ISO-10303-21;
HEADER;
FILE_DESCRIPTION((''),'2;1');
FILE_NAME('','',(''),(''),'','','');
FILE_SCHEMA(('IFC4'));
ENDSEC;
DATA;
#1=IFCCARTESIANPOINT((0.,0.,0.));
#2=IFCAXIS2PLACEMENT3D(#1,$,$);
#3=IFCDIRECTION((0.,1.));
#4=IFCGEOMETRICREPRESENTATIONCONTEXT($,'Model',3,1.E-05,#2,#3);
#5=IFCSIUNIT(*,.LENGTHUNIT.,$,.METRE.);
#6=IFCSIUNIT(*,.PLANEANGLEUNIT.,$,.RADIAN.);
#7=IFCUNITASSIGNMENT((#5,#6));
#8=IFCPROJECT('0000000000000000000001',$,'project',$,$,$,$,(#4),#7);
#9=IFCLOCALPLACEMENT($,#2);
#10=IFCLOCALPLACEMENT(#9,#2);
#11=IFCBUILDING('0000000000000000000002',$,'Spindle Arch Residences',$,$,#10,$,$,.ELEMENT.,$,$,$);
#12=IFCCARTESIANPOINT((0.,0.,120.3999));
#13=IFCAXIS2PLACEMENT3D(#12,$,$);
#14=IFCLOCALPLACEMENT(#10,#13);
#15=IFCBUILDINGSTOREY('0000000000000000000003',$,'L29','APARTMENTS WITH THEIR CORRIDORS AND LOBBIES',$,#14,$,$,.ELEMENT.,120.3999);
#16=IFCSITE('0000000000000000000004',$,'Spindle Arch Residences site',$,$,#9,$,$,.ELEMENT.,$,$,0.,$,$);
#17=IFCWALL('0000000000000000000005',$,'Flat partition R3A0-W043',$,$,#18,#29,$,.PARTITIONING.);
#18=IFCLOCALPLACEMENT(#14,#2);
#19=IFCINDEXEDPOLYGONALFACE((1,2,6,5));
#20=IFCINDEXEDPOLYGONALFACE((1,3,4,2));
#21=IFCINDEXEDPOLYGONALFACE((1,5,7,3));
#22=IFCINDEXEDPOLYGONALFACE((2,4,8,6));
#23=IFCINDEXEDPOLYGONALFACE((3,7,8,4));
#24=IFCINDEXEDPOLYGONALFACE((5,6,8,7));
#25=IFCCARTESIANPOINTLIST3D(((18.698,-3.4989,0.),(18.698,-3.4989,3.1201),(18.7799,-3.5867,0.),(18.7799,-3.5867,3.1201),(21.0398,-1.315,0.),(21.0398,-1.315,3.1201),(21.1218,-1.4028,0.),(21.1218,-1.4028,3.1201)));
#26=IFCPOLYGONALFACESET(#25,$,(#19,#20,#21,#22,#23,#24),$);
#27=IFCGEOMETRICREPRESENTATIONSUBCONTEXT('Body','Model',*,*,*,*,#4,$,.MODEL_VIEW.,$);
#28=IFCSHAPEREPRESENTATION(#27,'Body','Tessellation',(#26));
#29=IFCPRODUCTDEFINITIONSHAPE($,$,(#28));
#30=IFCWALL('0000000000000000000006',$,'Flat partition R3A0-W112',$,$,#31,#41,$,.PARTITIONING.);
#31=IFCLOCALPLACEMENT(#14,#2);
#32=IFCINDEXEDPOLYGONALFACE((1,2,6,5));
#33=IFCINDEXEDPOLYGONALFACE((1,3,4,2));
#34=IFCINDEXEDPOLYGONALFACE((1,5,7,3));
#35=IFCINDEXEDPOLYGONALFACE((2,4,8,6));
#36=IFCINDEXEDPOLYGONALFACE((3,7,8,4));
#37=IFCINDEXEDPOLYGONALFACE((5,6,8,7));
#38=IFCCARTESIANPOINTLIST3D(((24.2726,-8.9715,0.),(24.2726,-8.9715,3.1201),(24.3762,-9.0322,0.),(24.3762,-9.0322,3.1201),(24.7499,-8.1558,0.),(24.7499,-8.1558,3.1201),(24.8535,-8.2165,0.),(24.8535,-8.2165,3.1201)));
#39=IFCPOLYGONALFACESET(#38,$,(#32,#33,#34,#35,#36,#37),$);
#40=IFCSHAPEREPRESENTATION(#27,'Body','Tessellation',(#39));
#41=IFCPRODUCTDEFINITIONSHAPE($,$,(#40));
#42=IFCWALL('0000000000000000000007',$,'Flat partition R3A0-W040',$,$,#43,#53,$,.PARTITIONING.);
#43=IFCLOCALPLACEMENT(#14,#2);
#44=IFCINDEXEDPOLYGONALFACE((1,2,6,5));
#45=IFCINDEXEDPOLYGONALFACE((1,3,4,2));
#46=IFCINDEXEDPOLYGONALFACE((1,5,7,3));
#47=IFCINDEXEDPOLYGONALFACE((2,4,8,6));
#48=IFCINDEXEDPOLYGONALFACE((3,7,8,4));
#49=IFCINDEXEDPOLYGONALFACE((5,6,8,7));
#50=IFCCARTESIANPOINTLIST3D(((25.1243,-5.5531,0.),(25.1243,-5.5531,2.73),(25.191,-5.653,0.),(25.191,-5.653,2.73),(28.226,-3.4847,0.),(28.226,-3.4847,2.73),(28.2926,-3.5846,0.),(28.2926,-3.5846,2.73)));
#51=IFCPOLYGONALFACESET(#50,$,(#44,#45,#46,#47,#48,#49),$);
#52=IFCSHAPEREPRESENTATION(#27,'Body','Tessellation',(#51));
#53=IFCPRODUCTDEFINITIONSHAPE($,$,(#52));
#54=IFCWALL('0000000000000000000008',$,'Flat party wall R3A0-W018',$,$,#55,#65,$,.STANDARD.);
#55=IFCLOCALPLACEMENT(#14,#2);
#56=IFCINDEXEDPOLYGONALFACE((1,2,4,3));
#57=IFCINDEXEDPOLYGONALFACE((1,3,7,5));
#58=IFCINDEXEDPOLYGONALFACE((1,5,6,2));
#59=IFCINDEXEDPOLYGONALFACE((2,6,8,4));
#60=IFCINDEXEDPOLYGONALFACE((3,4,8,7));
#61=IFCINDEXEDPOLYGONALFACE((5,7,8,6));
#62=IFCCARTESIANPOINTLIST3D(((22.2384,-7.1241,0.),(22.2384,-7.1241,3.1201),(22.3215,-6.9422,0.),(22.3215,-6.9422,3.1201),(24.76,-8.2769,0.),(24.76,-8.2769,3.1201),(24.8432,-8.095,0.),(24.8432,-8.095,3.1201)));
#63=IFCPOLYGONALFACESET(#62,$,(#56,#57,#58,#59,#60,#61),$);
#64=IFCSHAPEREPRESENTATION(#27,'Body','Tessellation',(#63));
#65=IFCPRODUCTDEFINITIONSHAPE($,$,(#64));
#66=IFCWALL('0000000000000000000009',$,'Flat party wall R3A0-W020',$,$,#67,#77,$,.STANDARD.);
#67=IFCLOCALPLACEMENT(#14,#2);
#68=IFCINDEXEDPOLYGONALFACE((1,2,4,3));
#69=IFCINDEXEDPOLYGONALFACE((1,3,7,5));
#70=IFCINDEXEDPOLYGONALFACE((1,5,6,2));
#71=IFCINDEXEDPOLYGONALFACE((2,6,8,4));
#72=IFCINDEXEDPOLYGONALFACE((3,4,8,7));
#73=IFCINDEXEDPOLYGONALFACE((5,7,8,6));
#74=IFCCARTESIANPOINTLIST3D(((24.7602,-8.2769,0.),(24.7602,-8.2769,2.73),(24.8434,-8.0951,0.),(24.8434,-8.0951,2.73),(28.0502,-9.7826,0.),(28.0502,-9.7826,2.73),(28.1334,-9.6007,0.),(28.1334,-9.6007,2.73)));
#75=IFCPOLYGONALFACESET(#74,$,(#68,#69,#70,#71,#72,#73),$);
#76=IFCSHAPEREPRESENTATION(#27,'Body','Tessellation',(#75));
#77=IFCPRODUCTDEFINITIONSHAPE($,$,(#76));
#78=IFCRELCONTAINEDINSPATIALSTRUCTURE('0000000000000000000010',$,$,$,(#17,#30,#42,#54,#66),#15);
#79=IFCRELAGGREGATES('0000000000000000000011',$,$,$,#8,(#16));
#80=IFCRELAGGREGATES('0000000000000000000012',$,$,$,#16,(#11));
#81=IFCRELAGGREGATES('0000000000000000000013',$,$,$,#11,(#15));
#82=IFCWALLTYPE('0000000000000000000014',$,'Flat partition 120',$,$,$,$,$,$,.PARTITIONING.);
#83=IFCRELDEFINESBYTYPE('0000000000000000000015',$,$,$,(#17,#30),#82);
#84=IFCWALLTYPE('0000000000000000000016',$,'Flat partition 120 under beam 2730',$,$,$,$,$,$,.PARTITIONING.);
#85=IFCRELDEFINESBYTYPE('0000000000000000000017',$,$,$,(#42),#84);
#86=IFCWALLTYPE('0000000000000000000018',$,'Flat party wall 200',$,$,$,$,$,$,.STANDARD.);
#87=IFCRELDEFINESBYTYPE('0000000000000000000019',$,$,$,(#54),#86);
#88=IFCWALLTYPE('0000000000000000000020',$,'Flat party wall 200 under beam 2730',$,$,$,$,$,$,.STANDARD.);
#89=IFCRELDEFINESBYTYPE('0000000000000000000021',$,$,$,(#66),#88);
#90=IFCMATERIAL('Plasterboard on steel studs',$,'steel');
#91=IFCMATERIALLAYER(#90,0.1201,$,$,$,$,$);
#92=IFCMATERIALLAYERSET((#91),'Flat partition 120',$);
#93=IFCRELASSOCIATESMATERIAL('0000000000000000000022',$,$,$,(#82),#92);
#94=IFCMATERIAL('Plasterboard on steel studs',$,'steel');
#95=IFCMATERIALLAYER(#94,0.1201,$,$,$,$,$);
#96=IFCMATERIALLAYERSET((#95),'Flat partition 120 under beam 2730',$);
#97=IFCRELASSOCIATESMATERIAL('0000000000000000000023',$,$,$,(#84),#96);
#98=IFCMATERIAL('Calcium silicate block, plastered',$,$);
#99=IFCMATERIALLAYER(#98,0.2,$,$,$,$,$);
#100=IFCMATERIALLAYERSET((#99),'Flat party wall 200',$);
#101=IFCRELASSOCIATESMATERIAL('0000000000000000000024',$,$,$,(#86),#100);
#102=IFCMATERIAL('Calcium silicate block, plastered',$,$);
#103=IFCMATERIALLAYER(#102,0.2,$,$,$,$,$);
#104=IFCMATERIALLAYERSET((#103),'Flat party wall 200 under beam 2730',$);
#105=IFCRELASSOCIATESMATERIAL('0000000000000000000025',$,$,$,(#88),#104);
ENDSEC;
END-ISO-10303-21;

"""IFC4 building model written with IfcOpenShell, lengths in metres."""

from ifc_helpers import new_model, si_unit, direction, frame, frame_2d, origin, place, context, subcontext, project, spatial, rectangle, extrude, material, layer, layer_set, type_object, element, save


model = new_model("IFC4")

# Units and contexts
model_context = context("Model", 3, precision=1e-05, world=origin(), true_north=direction((0.0, 1.0)))
body_context = subcontext(model_context, "Body", "Model", "MODEL_VIEW")
ifc_project = project(units=[si_unit("LENGTHUNIT", "METRE"), si_unit("PLANEANGLEUNIT", "RADIAN")], contexts=[model_context])

# Site, building, storey
site_placement = place(None, origin())
site = spatial("IfcSite", under=ifc_project, at=site_placement, Name="Spindle Arch Residences site", CompositionType="ELEMENT", RefElevation=0.0)
building_placement = place(site_placement, origin())
building = spatial("IfcBuilding", under=site, at=building_placement, Name="Spindle Arch Residences", CompositionType="ELEMENT")
storey_placement = place(building_placement, frame((0.0, 0.0, 120.3999)))
storey = spatial("IfcBuildingStorey", under=building, at=storey_placement, Name="L29", Description="APARTMENTS WITH THEIR CORRIDORS AND LOBBIES", CompositionType="ELEMENT", Elevation=120.3999)

# Shared definitions
ifc_material_1 = material(Name="Plasterboard on steel studs", Category="steel")
ifc_layer_1 = layer(ifc_material_1, 0.1201)
ifc_layer_set_1 = layer_set([ifc_layer_1], Name="Flat partition 120")
wall_type_1 = type_object("IfcWallType", Name="Flat partition 120", PredefinedType="PARTITIONING", material=ifc_layer_set_1)

# Walls
wall_1_placement = place(storey_placement, frame((21.0808, -1.3589, 0.0), z_axis=(0.0, 0.0, 1.0), x_axis=(-0.731342, -0.682011, 0.0)))
element("IfcWall", 1, at=wall_1_placement, inside=storey, type_object=wall_type_1, Name="Flat partition R3A0-W043", PredefinedType="PARTITIONING", context=body_context, shape_type="SweptSolid", body=[
    extrude(rectangle(XDim=3.2021, YDim=0.1201, at=frame_2d((1.6011, 0.0))), origin(), (0.0, 0.0, 1.0), 3.1201),
])
wall_2_placement = place(storey_placement, frame((24.8018, -8.186, 0.0), z_axis=(0.0, 0.0, 1.0), x_axis=(-0.505043, -0.863094, 0.0)))
element("IfcWall", 2, at=wall_2_placement, inside=storey, type_object=wall_type_1, Name="Flat partition R3A0-W112", PredefinedType="PARTITIONING", context=body_context, shape_type="SweptSolid", body=[
    extrude(rectangle(XDim=0.9451, YDim=0.1201, at=frame_2d((0.4727, 0.0))), origin(), (0.0, 0.0, 1.0), 3.1201),
])
ifc_material_2 = material(Name="Plasterboard on steel studs", Category="steel")
ifc_layer_2 = layer(ifc_material_2, 0.1201)
ifc_layer_set_2 = layer_set([ifc_layer_2], Name="Flat partition 120 under beam 2730")
wall_type_2 = type_object("IfcWallType", Name="Flat partition 120 under beam 2730", PredefinedType="PARTITIONING", material=ifc_layer_set_2)
wall_3_placement = place(storey_placement, frame((28.2593, -3.5347, 0.0), z_axis=(0.0, 0.0, 1.0), x_axis=(-0.83197, -0.554821, 0.0)))
element("IfcWall", 3, at=wall_3_placement, inside=storey, type_object=wall_type_2, Name="Flat partition R3A0-W040", PredefinedType="PARTITIONING", context=body_context, shape_type="SweptSolid", body=[
    extrude(rectangle(XDim=3.728, YDim=0.1201, at=frame_2d((1.864, 0.0))), origin(), (0.0, 0.0, 1.0), 2.73),
])
ifc_material_3 = material(Name="Calcium silicate block, plastered")
ifc_layer_3 = layer(ifc_material_3, 0.2)
ifc_layer_set_3 = layer_set([ifc_layer_3], Name="Flat party wall 200")
wall_type_3 = type_object("IfcWallType", Name="Flat party wall 200", PredefinedType="STANDARD", material=ifc_layer_set_3)
wall_4_placement = place(storey_placement, frame((22.28, -7.0332, 0.0), z_axis=(0.0, 0.0, 1.0), x_axis=(0.909469, -0.415772, 0.0)))
element("IfcWall", 4, at=wall_4_placement, inside=storey, type_object=wall_type_3, Name="Flat party wall R3A0-W018", PredefinedType="STANDARD", context=body_context, shape_type="SweptSolid", body=[
    extrude(rectangle(XDim=2.7727, YDim=0.2, at=frame_2d((1.3862, 0.0))), origin(), (0.0, 0.0, 1.0), 3.1201),
])
ifc_material_4 = material(Name="Calcium silicate block, plastered")
ifc_layer_4 = layer(ifc_material_4, 0.2)
ifc_layer_set_4 = layer_set([ifc_layer_4], Name="Flat party wall 200 under beam 2730")
wall_type_4 = type_object("IfcWallType", Name="Flat party wall 200 under beam 2730", PredefinedType="STANDARD", material=ifc_layer_set_4)
wall_5_placement = place(storey_placement, frame((24.8018, -8.186, 0.0), z_axis=(0.0, 0.0, 1.0), x_axis=(0.909307, -0.416125, 0.0)))
element("IfcWall", 5, at=wall_5_placement, inside=storey, type_object=wall_type_4, Name="Flat party wall R3A0-W020", PredefinedType="STANDARD", context=body_context, shape_type="SweptSolid", body=[
    extrude(rectangle(XDim=3.6182, YDim=0.2, at=frame_2d((1.8091, 0.0))), origin(), (0.0, 0.0, 1.0), 2.73),
])

save(model, "model.ifc")
